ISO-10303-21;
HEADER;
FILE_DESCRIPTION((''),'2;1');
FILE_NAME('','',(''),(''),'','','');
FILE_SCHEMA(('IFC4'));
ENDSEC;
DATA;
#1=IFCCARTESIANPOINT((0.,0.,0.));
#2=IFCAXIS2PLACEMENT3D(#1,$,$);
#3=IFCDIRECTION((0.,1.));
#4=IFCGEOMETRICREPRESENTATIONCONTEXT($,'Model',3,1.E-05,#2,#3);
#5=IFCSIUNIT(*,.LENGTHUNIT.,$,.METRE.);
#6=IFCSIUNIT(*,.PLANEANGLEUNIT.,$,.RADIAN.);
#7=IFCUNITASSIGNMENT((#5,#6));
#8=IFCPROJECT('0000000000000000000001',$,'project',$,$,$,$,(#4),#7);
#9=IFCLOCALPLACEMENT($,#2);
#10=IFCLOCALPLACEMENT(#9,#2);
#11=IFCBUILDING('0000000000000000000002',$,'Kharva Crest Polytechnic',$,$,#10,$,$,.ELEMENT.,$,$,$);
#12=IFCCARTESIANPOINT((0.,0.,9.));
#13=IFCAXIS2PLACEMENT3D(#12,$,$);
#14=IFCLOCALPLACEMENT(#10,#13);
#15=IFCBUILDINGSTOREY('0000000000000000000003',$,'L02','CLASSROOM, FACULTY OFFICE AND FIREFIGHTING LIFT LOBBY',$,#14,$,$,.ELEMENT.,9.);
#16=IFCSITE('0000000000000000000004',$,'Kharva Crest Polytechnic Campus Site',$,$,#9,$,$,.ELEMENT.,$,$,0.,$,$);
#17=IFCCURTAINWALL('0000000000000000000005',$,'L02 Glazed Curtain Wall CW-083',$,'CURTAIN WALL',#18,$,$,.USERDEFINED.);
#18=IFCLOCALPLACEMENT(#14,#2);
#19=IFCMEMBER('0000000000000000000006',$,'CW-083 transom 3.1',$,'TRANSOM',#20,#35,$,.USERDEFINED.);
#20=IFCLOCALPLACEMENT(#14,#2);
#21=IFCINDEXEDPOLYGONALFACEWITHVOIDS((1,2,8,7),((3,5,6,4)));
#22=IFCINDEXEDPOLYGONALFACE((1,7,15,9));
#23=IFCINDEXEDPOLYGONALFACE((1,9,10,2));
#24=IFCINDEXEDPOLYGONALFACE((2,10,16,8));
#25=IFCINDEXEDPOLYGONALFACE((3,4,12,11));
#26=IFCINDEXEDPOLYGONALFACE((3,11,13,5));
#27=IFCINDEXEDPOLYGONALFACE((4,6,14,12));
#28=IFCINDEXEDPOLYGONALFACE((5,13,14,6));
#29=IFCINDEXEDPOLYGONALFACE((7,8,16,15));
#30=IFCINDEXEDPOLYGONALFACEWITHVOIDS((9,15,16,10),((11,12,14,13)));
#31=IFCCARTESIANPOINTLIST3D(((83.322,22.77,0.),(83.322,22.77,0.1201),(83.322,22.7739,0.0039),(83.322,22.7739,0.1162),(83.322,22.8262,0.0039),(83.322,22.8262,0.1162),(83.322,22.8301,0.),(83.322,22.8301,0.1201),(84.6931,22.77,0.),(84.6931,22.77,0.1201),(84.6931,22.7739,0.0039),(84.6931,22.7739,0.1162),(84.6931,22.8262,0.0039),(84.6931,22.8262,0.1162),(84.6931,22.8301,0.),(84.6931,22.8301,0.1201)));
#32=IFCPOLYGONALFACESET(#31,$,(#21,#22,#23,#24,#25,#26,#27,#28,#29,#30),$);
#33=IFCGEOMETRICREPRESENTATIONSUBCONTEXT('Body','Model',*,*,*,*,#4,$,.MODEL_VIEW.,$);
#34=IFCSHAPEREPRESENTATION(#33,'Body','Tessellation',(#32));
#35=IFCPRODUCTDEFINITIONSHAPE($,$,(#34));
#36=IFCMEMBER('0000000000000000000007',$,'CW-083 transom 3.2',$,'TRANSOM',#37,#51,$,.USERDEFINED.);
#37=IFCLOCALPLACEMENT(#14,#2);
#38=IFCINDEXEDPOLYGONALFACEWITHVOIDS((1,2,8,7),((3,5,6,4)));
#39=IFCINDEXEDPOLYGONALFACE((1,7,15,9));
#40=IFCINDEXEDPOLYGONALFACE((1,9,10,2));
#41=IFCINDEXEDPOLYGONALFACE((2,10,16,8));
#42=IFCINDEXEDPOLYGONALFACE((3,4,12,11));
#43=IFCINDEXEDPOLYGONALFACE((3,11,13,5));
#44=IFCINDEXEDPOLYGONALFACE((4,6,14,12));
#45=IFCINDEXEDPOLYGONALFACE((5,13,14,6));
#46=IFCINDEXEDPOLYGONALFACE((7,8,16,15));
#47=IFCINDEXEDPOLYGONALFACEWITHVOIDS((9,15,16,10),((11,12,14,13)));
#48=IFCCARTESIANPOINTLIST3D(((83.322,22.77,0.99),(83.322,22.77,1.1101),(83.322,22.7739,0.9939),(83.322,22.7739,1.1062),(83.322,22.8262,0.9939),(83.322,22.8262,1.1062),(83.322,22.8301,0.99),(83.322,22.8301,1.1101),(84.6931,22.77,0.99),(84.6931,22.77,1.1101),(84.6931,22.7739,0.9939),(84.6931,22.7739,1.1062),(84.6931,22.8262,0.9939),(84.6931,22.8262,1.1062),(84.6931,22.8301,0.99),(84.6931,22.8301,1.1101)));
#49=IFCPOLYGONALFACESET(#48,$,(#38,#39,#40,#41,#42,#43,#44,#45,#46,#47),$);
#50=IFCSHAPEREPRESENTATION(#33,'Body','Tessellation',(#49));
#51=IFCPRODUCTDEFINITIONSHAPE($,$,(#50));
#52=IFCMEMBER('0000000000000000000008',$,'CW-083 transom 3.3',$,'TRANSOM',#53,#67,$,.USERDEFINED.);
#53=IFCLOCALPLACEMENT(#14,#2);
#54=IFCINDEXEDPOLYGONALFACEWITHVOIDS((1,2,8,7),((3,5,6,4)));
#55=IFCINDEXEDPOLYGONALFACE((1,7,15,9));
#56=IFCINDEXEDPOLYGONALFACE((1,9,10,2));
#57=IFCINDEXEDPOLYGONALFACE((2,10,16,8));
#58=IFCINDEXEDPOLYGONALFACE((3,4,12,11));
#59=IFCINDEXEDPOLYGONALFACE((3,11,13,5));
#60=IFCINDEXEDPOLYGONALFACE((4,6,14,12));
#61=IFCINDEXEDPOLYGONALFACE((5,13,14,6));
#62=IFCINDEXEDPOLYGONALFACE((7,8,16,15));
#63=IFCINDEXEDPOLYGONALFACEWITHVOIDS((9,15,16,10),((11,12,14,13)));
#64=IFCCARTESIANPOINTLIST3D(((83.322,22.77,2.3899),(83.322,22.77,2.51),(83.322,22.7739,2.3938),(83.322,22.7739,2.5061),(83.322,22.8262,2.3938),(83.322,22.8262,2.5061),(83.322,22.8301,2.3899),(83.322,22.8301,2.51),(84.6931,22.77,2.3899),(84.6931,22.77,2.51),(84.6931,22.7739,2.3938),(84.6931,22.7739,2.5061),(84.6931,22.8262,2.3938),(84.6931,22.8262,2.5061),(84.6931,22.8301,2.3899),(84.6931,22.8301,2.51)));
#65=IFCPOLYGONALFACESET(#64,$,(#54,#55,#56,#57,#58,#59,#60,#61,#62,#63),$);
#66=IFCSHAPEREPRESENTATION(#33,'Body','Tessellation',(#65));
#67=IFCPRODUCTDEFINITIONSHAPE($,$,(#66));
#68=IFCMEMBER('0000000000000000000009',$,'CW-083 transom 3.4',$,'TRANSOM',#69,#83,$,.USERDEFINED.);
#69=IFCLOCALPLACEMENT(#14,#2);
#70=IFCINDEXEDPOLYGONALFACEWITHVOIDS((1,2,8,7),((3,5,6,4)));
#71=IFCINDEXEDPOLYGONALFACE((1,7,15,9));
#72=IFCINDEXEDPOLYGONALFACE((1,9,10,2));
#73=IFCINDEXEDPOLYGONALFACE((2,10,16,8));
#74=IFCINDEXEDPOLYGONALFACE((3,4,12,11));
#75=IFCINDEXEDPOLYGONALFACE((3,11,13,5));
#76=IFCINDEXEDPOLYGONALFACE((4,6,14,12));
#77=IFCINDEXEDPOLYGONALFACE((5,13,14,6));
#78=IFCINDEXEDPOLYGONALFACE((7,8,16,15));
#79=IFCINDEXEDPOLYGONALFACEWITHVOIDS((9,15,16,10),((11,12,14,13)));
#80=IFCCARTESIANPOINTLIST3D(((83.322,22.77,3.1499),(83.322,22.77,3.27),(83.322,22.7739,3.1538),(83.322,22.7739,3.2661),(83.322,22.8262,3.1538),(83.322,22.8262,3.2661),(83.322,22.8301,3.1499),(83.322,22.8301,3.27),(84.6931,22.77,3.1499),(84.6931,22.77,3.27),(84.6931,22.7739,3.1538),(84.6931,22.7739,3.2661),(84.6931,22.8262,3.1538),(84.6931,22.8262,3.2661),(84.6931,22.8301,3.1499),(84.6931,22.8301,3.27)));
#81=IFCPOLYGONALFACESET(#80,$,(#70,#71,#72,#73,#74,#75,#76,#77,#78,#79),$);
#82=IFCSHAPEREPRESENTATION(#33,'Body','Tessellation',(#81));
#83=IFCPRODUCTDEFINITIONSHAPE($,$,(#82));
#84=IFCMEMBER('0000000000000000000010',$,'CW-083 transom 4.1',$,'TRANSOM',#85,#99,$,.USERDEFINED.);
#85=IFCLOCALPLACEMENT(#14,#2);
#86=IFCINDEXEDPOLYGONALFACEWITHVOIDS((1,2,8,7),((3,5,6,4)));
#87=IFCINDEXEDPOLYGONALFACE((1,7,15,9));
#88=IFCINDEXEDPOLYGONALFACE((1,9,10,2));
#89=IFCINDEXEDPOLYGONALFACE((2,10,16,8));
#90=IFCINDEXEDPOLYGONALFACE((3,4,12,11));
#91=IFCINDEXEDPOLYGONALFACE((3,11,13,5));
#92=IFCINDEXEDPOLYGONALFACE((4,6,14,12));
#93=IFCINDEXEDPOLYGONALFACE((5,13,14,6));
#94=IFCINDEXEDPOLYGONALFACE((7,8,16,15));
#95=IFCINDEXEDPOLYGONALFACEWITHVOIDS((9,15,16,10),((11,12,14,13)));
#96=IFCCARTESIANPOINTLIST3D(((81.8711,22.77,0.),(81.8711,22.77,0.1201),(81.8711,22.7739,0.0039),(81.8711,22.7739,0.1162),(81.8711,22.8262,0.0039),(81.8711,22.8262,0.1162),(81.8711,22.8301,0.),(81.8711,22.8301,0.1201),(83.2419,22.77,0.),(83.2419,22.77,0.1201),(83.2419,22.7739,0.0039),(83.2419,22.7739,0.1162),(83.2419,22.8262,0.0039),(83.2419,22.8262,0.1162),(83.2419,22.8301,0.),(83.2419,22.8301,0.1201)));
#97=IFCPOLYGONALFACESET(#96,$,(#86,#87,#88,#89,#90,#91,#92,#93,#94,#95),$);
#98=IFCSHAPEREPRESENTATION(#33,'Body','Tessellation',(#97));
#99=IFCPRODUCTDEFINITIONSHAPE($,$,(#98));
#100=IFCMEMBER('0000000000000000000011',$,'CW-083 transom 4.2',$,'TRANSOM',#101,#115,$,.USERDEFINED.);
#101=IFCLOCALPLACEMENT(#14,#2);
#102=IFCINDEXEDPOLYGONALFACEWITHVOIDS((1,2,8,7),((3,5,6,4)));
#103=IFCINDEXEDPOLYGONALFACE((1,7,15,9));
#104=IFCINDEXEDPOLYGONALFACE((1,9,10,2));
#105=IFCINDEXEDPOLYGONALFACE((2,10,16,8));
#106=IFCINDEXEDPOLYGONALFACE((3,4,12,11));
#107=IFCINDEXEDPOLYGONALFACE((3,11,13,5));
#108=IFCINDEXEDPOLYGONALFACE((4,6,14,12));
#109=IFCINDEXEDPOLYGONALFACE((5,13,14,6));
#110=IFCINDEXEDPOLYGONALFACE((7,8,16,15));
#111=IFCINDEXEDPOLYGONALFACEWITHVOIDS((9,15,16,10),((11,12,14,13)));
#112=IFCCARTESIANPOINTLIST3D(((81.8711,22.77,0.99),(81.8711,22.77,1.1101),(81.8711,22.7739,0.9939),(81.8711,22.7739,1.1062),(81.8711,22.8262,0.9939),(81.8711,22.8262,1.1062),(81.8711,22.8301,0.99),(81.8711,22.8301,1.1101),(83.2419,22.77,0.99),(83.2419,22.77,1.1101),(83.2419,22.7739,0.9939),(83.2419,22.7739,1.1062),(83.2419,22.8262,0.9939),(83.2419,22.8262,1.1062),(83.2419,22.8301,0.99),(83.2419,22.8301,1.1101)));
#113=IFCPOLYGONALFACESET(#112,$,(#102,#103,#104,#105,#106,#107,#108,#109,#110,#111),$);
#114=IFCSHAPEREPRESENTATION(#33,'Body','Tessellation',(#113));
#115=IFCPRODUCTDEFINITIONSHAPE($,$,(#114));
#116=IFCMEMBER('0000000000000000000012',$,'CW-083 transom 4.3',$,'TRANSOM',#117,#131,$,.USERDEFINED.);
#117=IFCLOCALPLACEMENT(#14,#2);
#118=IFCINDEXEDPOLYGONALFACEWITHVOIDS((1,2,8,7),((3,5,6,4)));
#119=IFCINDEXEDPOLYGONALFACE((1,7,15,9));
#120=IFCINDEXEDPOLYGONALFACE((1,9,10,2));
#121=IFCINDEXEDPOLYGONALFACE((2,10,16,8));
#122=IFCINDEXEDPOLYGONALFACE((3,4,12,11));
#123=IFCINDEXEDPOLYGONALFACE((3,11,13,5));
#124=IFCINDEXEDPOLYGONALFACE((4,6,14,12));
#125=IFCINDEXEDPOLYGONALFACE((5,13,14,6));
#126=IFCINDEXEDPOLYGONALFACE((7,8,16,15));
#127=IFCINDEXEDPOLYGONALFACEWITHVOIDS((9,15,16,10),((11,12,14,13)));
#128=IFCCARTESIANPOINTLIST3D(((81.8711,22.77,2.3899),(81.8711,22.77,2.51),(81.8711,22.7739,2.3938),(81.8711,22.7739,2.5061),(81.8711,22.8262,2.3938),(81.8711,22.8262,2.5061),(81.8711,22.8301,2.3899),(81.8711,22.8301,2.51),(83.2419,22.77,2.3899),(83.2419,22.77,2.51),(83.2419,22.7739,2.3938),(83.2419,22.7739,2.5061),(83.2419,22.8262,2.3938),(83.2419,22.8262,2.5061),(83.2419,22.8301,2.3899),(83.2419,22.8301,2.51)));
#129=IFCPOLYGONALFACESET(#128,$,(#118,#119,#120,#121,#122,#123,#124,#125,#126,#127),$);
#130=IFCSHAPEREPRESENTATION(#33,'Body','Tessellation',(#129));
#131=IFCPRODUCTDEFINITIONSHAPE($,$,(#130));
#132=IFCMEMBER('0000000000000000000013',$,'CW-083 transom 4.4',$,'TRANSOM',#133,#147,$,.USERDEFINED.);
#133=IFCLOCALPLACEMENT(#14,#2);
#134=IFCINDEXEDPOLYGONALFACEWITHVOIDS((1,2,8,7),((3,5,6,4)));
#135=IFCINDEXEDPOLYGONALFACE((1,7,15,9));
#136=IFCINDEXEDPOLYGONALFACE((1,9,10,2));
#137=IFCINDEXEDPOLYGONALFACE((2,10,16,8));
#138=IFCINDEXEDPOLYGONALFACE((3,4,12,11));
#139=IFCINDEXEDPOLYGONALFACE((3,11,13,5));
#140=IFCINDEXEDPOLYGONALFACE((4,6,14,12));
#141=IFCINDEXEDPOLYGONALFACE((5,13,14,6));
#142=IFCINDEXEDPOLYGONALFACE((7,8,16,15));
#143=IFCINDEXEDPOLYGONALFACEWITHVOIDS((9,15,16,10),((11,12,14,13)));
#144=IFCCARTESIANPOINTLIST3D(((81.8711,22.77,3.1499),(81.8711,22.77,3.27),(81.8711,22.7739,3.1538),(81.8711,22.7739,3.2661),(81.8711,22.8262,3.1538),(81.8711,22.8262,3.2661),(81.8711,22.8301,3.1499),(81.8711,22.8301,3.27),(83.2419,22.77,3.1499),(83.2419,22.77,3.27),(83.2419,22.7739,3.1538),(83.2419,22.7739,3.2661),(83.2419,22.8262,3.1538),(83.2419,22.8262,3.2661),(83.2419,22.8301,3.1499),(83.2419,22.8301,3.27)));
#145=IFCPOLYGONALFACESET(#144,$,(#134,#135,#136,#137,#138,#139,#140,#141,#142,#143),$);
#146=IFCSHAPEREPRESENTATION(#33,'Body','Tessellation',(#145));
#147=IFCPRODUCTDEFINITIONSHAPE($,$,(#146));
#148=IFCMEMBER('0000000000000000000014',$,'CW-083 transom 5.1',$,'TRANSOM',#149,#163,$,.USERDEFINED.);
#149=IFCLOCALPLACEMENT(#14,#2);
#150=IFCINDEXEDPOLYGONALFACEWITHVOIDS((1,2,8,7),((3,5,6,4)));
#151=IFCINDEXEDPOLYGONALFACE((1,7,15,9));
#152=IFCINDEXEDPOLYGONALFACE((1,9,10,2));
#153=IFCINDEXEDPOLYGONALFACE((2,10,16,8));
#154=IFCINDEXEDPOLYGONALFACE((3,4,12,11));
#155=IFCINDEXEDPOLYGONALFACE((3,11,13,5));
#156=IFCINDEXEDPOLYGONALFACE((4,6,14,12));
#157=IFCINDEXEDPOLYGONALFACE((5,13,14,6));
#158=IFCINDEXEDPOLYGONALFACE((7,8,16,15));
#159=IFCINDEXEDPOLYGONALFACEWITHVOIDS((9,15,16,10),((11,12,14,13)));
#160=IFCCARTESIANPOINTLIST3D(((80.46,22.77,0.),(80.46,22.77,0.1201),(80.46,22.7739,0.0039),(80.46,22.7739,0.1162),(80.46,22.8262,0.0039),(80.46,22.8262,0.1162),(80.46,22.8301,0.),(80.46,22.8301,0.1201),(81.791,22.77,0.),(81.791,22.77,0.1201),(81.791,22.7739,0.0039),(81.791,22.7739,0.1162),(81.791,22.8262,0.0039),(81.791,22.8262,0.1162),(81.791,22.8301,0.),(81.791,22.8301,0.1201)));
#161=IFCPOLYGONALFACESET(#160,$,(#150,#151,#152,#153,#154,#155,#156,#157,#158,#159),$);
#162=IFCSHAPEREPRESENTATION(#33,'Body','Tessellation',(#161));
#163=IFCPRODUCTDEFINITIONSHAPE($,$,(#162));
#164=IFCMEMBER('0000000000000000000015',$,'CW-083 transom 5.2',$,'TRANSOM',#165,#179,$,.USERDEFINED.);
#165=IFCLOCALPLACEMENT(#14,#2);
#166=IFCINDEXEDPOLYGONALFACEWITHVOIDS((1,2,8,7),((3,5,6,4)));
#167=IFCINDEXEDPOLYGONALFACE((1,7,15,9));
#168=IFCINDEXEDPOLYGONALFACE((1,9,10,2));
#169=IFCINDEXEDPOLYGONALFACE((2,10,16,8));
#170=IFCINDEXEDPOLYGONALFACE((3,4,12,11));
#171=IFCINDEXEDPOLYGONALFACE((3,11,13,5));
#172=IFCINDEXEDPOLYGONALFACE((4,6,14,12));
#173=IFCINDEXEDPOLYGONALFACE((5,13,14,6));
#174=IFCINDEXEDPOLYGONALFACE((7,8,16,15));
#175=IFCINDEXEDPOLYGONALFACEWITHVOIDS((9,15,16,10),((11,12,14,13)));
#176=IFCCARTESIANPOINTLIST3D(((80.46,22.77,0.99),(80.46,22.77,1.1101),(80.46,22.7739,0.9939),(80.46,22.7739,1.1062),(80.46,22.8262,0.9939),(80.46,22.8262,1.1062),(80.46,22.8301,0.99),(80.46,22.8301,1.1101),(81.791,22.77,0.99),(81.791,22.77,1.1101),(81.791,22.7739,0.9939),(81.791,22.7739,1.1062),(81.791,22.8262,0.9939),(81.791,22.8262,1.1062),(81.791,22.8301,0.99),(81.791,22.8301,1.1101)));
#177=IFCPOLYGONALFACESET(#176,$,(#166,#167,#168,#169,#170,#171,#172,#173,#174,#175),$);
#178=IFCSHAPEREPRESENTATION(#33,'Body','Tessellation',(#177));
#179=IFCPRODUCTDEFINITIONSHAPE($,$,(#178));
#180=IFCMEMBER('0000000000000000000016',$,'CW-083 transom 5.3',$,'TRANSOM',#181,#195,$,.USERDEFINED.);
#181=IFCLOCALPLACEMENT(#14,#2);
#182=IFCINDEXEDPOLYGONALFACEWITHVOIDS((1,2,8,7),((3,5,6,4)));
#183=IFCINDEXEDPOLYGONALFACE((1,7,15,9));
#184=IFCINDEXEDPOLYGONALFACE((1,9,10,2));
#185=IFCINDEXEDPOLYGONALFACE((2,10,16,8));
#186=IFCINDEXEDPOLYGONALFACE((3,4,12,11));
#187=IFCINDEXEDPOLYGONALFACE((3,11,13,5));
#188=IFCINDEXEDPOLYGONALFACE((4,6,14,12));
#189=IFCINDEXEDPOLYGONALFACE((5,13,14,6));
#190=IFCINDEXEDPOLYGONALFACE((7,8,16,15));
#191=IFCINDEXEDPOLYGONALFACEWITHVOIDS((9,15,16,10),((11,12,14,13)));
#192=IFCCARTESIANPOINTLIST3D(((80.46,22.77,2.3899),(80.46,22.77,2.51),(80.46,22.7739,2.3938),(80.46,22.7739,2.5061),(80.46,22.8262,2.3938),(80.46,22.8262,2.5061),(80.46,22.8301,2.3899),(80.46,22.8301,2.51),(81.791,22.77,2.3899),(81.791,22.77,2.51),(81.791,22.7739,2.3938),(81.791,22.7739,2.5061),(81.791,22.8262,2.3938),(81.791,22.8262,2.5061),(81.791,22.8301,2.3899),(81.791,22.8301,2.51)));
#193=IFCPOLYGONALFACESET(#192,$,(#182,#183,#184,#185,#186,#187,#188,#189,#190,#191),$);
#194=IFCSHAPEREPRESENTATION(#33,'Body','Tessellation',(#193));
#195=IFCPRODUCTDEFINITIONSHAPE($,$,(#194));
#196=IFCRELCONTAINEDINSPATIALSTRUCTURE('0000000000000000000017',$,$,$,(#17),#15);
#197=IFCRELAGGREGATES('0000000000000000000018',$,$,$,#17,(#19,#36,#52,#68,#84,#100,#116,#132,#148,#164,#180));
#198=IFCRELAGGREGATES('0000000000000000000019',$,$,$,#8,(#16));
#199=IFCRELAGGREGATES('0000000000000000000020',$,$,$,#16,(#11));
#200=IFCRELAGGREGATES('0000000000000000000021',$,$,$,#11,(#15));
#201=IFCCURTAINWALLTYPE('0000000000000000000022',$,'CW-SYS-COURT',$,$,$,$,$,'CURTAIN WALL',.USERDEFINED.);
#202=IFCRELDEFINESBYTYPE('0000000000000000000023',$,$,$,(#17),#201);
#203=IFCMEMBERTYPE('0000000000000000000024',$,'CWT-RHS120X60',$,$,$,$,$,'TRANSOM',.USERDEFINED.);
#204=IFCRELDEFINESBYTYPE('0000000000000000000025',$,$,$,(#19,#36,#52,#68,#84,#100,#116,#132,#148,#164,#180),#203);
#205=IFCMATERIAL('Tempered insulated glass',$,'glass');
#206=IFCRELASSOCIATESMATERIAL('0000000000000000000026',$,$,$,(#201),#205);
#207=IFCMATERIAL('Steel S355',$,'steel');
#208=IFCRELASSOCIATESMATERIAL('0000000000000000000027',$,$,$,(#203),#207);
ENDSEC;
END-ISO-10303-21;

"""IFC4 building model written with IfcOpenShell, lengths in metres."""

from ifc_helpers import new_model, si_unit, direction, frame, origin, origin_2d, place, context, subcontext, project, spatial, hollow_rectangle, extrude, material, material_profile, profile_set, type_object, element, aggregate, save


model = new_model("IFC4")

# Units and contexts
model_context = context("Model", 3, precision=1e-05, world=origin(), true_north=direction((0.0, 1.0)))
body_context = subcontext(model_context, "Body", "Model", "MODEL_VIEW")
ifc_project = project(units=[si_unit("LENGTHUNIT", "METRE"), si_unit("PLANEANGLEUNIT", "RADIAN")], contexts=[model_context])

# Site, building, storey
site_placement = place(None, origin())
site = spatial("IfcSite", under=ifc_project, at=site_placement, Name="Kharva Crest Polytechnic Campus Site", CompositionType="ELEMENT", RefElevation=0.0)
building_placement = place(site_placement, origin())
building = spatial("IfcBuilding", under=site, at=building_placement, Name="Kharva Crest Polytechnic", CompositionType="ELEMENT")
storey_placement = place(building_placement, frame((0.0, 0.0, 9.0)))
storey = spatial("IfcBuildingStorey", under=building, at=storey_placement, Name="L02", Description="CLASSROOM, FACULTY OFFICE AND FIREFIGHTING LIFT LOBBY", CompositionType="ELEMENT", Elevation=9.0)

# Shared definitions
ifc_material_1 = material(Name="Steel S355", Category="steel")

# Curtain wall, members
ifc_material_2 = material(Name="Tempered insulated glass", Category="glass")
curtain_wall_type = type_object("IfcCurtainWallType", Name="CW-SYS-COURT", ElementType="CURTAIN WALL", PredefinedType="USERDEFINED", material=ifc_material_2)
curtain_wall_placement = place(storey_placement, origin())
curtain_wall = element("IfcCurtainWall", 1, at=curtain_wall_placement, inside=storey, type_object=curtain_wall_type, Name="L02 Glazed Curtain Wall CW-083", ObjectType="CURTAIN WALL", PredefinedType="USERDEFINED")
ifc_material_profile_1 = material_profile(ifc_material_1, hollow_rectangle(XDim=0.0601, YDim=0.1201, WallThickness=0.0039, at=origin_2d()), Name="RHS 120X60X4.0")
ifc_profile_set_1 = profile_set([ifc_material_profile_1], Name="Steel S355")
member_type_1 = type_object("IfcMemberType", Name="CWT-RHS120X60", ElementType="TRANSOM", PredefinedType="USERDEFINED", material=ifc_profile_set_1)
member_1_placement = place(storey_placement, frame((84.6931, 22.8, 0.0601), z_axis=(-1.0, 0.0, 0.0), x_axis=(0.0, -1.0, 0.0)))
member_1 = element("IfcMember", 2, at=member_1_placement, type_object=member_type_1, Name="CW-083 transom 3.1", ObjectType="TRANSOM", PredefinedType="USERDEFINED", context=body_context, shape_type="SweptSolid", body=[
    extrude(hollow_rectangle(XDim=0.0601, YDim=0.1201, WallThickness=0.0039, at=origin_2d()), origin(), (0.0, 0.0, 1.0), 1.3711),
])
member_2_placement = place(storey_placement, frame((84.6931, 22.8, 1.05), z_axis=(-1.0, 0.0, 0.0), x_axis=(0.0, -1.0, 0.0)))
member_2 = element("IfcMember", 3, at=member_2_placement, type_object=member_type_1, Name="CW-083 transom 3.2", ObjectType="TRANSOM", PredefinedType="USERDEFINED", context=body_context, shape_type="SweptSolid", body=[
    extrude(hollow_rectangle(XDim=0.0601, YDim=0.1201, WallThickness=0.0039, at=origin_2d()), origin(), (0.0, 0.0, 1.0), 1.3711),
])
member_3_placement = place(storey_placement, frame((84.6931, 22.8, 2.45), z_axis=(-1.0, 0.0, 0.0), x_axis=(0.0, -1.0, 0.0)))
member_3 = element("IfcMember", 4, at=member_3_placement, type_object=member_type_1, Name="CW-083 transom 3.3", ObjectType="TRANSOM", PredefinedType="USERDEFINED", context=body_context, shape_type="SweptSolid", body=[
    extrude(hollow_rectangle(XDim=0.0601, YDim=0.1201, WallThickness=0.0039, at=origin_2d()), origin(), (0.0, 0.0, 1.0), 1.3711),
])
member_4_placement = place(storey_placement, frame((84.6931, 22.8, 3.21), z_axis=(-1.0, 0.0, 0.0), x_axis=(0.0, -1.0, 0.0)))
member_4 = element("IfcMember", 5, at=member_4_placement, type_object=member_type_1, Name="CW-083 transom 3.4", ObjectType="TRANSOM", PredefinedType="USERDEFINED", context=body_context, shape_type="SweptSolid", body=[
    extrude(hollow_rectangle(XDim=0.0601, YDim=0.1201, WallThickness=0.0039, at=origin_2d()), origin(), (0.0, 0.0, 1.0), 1.3711),
])
member_5_placement = place(storey_placement, frame((83.2419, 22.8, 0.0601), z_axis=(-1.0, 0.0, 0.0), x_axis=(0.0, -1.0, 0.0)))
member_5 = element("IfcMember", 6, at=member_5_placement, type_object=member_type_1, Name="CW-083 transom 4.1", ObjectType="TRANSOM", PredefinedType="USERDEFINED", context=body_context, shape_type="SweptSolid", body=[
    extrude(hollow_rectangle(XDim=0.0601, YDim=0.1201, WallThickness=0.0039, at=origin_2d()), origin(), (0.0, 0.0, 1.0), 1.3708),
])
member_6_placement = place(storey_placement, frame((83.2419, 22.8, 1.05), z_axis=(-1.0, 0.0, 0.0), x_axis=(0.0, -1.0, 0.0)))
member_6 = element("IfcMember", 7, at=member_6_placement, type_object=member_type_1, Name="CW-083 transom 4.2", ObjectType="TRANSOM", PredefinedType="USERDEFINED", context=body_context, shape_type="SweptSolid", body=[
    extrude(hollow_rectangle(XDim=0.0601, YDim=0.1201, WallThickness=0.0039, at=origin_2d()), origin(), (0.0, 0.0, 1.0), 1.3708),
])
member_7_placement = place(storey_placement, frame((83.2419, 22.8, 2.45), z_axis=(-1.0, 0.0, 0.0), x_axis=(0.0, -1.0, 0.0)))
member_7 = element("IfcMember", 8, at=member_7_placement, type_object=member_type_1, Name="CW-083 transom 4.3", ObjectType="TRANSOM", PredefinedType="USERDEFINED", context=body_context, shape_type="SweptSolid", body=[
    extrude(hollow_rectangle(XDim=0.0601, YDim=0.1201, WallThickness=0.0039, at=origin_2d()), origin(), (0.0, 0.0, 1.0), 1.3708),
])
member_8_placement = place(storey_placement, frame((83.2419, 22.8, 3.21), z_axis=(-1.0, 0.0, 0.0), x_axis=(0.0, -1.0, 0.0)))
member_8 = element("IfcMember", 9, at=member_8_placement, type_object=member_type_1, Name="CW-083 transom 4.4", ObjectType="TRANSOM", PredefinedType="USERDEFINED", context=body_context, shape_type="SweptSolid", body=[
    extrude(hollow_rectangle(XDim=0.0601, YDim=0.1201, WallThickness=0.0039, at=origin_2d()), origin(), (0.0, 0.0, 1.0), 1.3708),
])
member_9_placement = place(storey_placement, frame((81.791, 22.8, 0.0601), z_axis=(-1.0, 0.0, 0.0), x_axis=(0.0, -1.0, 0.0)))
member_9 = element("IfcMember", 10, at=member_9_placement, type_object=member_type_1, Name="CW-083 transom 5.1", ObjectType="TRANSOM", PredefinedType="USERDEFINED", context=body_context, shape_type="SweptSolid", body=[
    extrude(hollow_rectangle(XDim=0.0601, YDim=0.1201, WallThickness=0.0039, at=origin_2d()), origin(), (0.0, 0.0, 1.0), 1.3311),
])
member_10_placement = place(storey_placement, frame((81.791, 22.8, 1.05), z_axis=(-1.0, 0.0, 0.0), x_axis=(0.0, -1.0, 0.0)))
member_10 = element("IfcMember", 11, at=member_10_placement, type_object=member_type_1, Name="CW-083 transom 5.2", ObjectType="TRANSOM", PredefinedType="USERDEFINED", context=body_context, shape_type="SweptSolid", body=[
    extrude(hollow_rectangle(XDim=0.0601, YDim=0.1201, WallThickness=0.0039, at=origin_2d()), origin(), (0.0, 0.0, 1.0), 1.3311),
])
member_11_placement = place(storey_placement, frame((81.791, 22.8, 2.45), z_axis=(-1.0, 0.0, 0.0), x_axis=(0.0, -1.0, 0.0)))
member_11 = element("IfcMember", 12, at=member_11_placement, type_object=member_type_1, Name="CW-083 transom 5.3", ObjectType="TRANSOM", PredefinedType="USERDEFINED", context=body_context, shape_type="SweptSolid", body=[
    extrude(hollow_rectangle(XDim=0.0601, YDim=0.1201, WallThickness=0.0039, at=origin_2d()), origin(), (0.0, 0.0, 1.0), 1.3311),
])
aggregate(curtain_wall, [member_1, member_2, member_3, member_4, member_5, member_6, member_7, member_8, member_9, member_10, member_11])

save(model, "model.ifc")
